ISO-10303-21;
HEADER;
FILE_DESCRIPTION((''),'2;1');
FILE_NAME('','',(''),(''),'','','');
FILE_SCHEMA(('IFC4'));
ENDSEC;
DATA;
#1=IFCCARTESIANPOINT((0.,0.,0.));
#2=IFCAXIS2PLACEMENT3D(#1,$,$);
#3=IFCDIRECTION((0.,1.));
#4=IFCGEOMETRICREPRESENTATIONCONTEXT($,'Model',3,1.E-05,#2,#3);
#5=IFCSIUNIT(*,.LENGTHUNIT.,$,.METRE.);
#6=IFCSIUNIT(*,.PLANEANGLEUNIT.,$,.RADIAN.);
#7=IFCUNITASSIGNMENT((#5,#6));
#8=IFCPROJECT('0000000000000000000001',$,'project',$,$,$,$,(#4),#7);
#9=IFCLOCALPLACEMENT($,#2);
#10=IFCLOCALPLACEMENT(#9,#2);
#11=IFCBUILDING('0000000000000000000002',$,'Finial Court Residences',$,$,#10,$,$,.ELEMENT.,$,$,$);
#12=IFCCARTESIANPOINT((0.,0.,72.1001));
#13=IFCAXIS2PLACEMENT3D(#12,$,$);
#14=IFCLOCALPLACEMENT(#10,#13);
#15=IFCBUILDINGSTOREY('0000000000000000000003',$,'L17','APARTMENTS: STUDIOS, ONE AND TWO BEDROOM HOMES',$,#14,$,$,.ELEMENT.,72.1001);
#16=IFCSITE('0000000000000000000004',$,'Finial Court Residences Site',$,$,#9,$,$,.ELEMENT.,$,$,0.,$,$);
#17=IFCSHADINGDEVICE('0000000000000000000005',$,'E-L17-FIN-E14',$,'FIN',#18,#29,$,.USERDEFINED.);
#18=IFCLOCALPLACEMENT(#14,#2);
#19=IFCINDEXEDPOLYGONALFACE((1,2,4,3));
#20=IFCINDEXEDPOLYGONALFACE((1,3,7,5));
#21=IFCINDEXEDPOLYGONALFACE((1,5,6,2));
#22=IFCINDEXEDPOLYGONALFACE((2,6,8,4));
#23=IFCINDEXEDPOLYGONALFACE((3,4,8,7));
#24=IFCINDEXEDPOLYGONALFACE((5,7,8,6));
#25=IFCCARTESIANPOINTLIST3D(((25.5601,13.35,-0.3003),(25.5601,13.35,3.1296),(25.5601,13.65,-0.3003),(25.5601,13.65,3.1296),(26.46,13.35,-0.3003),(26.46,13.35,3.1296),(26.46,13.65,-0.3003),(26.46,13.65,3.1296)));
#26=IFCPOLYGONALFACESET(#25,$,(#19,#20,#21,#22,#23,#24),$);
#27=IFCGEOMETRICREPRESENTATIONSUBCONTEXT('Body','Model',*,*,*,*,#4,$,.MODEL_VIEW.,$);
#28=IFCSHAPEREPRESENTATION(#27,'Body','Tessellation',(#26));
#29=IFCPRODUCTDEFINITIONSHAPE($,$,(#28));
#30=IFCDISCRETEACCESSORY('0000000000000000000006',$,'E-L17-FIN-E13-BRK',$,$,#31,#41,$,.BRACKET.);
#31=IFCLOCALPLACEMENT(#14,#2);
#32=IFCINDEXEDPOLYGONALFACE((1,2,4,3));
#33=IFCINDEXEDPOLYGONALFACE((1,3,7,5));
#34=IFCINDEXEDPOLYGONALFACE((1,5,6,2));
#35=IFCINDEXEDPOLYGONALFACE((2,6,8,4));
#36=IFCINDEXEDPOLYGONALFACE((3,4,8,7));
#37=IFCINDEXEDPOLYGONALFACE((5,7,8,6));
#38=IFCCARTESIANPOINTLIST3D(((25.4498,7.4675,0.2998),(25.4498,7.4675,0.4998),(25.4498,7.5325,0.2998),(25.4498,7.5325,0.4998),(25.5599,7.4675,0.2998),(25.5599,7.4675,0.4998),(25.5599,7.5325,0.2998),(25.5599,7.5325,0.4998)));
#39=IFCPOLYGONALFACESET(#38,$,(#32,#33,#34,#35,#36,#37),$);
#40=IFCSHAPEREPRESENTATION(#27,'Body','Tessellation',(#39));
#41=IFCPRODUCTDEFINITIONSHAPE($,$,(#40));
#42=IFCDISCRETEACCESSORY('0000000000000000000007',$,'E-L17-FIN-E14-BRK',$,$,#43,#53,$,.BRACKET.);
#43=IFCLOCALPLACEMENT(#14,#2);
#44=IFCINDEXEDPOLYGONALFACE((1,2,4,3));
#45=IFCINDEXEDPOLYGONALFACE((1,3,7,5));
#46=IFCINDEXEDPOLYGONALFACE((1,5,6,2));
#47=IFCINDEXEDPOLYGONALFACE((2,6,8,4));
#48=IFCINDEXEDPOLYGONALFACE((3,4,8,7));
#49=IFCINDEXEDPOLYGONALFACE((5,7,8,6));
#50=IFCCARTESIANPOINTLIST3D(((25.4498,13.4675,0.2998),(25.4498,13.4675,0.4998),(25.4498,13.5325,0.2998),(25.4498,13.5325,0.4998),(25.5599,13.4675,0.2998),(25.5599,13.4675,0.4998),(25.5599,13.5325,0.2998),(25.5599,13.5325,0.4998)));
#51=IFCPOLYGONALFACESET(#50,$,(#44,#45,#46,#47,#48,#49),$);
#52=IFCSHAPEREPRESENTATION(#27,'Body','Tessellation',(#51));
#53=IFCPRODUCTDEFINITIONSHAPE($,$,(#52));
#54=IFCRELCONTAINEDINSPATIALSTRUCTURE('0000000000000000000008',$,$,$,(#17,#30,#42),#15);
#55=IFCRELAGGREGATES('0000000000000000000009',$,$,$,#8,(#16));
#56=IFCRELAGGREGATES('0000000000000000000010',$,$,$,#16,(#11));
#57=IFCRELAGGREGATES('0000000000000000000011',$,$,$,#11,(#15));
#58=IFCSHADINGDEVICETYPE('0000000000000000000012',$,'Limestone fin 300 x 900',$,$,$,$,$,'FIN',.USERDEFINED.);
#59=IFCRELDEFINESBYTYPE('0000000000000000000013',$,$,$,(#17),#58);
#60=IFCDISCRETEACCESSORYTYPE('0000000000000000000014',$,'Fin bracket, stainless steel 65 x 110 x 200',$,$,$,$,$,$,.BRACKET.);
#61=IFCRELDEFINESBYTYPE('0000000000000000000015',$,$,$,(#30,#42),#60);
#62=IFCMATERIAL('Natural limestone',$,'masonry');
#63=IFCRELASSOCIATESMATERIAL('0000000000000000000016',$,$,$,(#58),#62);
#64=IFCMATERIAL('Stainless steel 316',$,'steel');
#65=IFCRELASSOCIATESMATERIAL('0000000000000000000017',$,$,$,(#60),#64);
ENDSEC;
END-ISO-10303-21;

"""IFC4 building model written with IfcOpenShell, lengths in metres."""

from ifc_helpers import new_model, si_unit, direction, frame, origin, origin_2d, place, context, subcontext, project, spatial, rectangle, extrude, material, type_object, element, save


model = new_model("IFC4")

# Units and contexts
model_context = context("Model", 3, precision=1e-05, world=origin(), true_north=direction((0.0, 1.0)))
body_context = subcontext(model_context, "Body", "Model", "MODEL_VIEW")
ifc_project = project(units=[si_unit("LENGTHUNIT", "METRE"), si_unit("PLANEANGLEUNIT", "RADIAN")], contexts=[model_context])

# Site, building, storey
site_placement = place(None, origin())
site = spatial("IfcSite", under=ifc_project, at=site_placement, Name="Finial Court Residences Site", CompositionType="ELEMENT", RefElevation=0.0)
building_placement = place(site_placement, origin())
building = spatial("IfcBuilding", under=site, at=building_placement, Name="Finial Court Residences", CompositionType="ELEMENT")
storey_placement = place(building_placement, frame((0.0, 0.0, 72.1001)))
storey = spatial("IfcBuildingStorey", under=building, at=storey_placement, Name="L17", Description="APARTMENTS: STUDIOS, ONE AND TWO BEDROOM HOMES", CompositionType="ELEMENT", Elevation=72.1001)

# Shading device
ifc_material_1 = material(Name="Natural limestone", Category="masonry")
shading_device_type = type_object("IfcShadingDeviceType", Name="Limestone fin 300 x 900", ElementType="FIN", PredefinedType="USERDEFINED", material=ifc_material_1)
for number, where, z_axis, x_axis, name in (
    (1, (26.01, 13.5, -0.3003), (0.0, 0.0, 1.0), (1.0, 0.0, 0.0), "E-L17-FIN-E14"),
):
    element("IfcShadingDevice", number, at=place(storey_placement, frame(where, z_axis=z_axis, x_axis=x_axis)), inside=storey, type_object=shading_device_type, Name=name, ObjectType="FIN", PredefinedType="USERDEFINED", context=body_context, shape_type="SweptSolid", body=[
        extrude(rectangle(XDim=0.8999, YDim=0.3, at=origin_2d()), origin(), (0.0, 0.0, 1.0), 3.4299),
    ])

# Discrete accessories
ifc_material_2 = material(Name="Stainless steel 316", Category="steel")
discrete_accessory_type = type_object("IfcDiscreteAccessoryType", Name="Fin bracket, stainless steel 65 x 110 x 200", PredefinedType="BRACKET", material=ifc_material_2)
for number, where, z_axis, x_axis, name in (
    (2, (25.5049, 7.5, 0.2998), (0.0, 0.0, 1.0), (1.0, 0.0, 0.0), "E-L17-FIN-E13-BRK"),
    (3, (25.5049, 13.5, 0.2998), (0.0, 0.0, 1.0), (1.0, 0.0, 0.0), "E-L17-FIN-E14-BRK"),
):
    element("IfcDiscreteAccessory", number, at=place(storey_placement, frame(where, z_axis=z_axis, x_axis=x_axis)), inside=storey, type_object=discrete_accessory_type, Name=name, PredefinedType="BRACKET", context=body_context, shape_type="SweptSolid", body=[
        extrude(rectangle(XDim=0.1101, YDim=0.0649, at=origin_2d()), origin(), (0.0, 0.0, 1.0), 0.2),
    ])

save(model, "model.ifc")
